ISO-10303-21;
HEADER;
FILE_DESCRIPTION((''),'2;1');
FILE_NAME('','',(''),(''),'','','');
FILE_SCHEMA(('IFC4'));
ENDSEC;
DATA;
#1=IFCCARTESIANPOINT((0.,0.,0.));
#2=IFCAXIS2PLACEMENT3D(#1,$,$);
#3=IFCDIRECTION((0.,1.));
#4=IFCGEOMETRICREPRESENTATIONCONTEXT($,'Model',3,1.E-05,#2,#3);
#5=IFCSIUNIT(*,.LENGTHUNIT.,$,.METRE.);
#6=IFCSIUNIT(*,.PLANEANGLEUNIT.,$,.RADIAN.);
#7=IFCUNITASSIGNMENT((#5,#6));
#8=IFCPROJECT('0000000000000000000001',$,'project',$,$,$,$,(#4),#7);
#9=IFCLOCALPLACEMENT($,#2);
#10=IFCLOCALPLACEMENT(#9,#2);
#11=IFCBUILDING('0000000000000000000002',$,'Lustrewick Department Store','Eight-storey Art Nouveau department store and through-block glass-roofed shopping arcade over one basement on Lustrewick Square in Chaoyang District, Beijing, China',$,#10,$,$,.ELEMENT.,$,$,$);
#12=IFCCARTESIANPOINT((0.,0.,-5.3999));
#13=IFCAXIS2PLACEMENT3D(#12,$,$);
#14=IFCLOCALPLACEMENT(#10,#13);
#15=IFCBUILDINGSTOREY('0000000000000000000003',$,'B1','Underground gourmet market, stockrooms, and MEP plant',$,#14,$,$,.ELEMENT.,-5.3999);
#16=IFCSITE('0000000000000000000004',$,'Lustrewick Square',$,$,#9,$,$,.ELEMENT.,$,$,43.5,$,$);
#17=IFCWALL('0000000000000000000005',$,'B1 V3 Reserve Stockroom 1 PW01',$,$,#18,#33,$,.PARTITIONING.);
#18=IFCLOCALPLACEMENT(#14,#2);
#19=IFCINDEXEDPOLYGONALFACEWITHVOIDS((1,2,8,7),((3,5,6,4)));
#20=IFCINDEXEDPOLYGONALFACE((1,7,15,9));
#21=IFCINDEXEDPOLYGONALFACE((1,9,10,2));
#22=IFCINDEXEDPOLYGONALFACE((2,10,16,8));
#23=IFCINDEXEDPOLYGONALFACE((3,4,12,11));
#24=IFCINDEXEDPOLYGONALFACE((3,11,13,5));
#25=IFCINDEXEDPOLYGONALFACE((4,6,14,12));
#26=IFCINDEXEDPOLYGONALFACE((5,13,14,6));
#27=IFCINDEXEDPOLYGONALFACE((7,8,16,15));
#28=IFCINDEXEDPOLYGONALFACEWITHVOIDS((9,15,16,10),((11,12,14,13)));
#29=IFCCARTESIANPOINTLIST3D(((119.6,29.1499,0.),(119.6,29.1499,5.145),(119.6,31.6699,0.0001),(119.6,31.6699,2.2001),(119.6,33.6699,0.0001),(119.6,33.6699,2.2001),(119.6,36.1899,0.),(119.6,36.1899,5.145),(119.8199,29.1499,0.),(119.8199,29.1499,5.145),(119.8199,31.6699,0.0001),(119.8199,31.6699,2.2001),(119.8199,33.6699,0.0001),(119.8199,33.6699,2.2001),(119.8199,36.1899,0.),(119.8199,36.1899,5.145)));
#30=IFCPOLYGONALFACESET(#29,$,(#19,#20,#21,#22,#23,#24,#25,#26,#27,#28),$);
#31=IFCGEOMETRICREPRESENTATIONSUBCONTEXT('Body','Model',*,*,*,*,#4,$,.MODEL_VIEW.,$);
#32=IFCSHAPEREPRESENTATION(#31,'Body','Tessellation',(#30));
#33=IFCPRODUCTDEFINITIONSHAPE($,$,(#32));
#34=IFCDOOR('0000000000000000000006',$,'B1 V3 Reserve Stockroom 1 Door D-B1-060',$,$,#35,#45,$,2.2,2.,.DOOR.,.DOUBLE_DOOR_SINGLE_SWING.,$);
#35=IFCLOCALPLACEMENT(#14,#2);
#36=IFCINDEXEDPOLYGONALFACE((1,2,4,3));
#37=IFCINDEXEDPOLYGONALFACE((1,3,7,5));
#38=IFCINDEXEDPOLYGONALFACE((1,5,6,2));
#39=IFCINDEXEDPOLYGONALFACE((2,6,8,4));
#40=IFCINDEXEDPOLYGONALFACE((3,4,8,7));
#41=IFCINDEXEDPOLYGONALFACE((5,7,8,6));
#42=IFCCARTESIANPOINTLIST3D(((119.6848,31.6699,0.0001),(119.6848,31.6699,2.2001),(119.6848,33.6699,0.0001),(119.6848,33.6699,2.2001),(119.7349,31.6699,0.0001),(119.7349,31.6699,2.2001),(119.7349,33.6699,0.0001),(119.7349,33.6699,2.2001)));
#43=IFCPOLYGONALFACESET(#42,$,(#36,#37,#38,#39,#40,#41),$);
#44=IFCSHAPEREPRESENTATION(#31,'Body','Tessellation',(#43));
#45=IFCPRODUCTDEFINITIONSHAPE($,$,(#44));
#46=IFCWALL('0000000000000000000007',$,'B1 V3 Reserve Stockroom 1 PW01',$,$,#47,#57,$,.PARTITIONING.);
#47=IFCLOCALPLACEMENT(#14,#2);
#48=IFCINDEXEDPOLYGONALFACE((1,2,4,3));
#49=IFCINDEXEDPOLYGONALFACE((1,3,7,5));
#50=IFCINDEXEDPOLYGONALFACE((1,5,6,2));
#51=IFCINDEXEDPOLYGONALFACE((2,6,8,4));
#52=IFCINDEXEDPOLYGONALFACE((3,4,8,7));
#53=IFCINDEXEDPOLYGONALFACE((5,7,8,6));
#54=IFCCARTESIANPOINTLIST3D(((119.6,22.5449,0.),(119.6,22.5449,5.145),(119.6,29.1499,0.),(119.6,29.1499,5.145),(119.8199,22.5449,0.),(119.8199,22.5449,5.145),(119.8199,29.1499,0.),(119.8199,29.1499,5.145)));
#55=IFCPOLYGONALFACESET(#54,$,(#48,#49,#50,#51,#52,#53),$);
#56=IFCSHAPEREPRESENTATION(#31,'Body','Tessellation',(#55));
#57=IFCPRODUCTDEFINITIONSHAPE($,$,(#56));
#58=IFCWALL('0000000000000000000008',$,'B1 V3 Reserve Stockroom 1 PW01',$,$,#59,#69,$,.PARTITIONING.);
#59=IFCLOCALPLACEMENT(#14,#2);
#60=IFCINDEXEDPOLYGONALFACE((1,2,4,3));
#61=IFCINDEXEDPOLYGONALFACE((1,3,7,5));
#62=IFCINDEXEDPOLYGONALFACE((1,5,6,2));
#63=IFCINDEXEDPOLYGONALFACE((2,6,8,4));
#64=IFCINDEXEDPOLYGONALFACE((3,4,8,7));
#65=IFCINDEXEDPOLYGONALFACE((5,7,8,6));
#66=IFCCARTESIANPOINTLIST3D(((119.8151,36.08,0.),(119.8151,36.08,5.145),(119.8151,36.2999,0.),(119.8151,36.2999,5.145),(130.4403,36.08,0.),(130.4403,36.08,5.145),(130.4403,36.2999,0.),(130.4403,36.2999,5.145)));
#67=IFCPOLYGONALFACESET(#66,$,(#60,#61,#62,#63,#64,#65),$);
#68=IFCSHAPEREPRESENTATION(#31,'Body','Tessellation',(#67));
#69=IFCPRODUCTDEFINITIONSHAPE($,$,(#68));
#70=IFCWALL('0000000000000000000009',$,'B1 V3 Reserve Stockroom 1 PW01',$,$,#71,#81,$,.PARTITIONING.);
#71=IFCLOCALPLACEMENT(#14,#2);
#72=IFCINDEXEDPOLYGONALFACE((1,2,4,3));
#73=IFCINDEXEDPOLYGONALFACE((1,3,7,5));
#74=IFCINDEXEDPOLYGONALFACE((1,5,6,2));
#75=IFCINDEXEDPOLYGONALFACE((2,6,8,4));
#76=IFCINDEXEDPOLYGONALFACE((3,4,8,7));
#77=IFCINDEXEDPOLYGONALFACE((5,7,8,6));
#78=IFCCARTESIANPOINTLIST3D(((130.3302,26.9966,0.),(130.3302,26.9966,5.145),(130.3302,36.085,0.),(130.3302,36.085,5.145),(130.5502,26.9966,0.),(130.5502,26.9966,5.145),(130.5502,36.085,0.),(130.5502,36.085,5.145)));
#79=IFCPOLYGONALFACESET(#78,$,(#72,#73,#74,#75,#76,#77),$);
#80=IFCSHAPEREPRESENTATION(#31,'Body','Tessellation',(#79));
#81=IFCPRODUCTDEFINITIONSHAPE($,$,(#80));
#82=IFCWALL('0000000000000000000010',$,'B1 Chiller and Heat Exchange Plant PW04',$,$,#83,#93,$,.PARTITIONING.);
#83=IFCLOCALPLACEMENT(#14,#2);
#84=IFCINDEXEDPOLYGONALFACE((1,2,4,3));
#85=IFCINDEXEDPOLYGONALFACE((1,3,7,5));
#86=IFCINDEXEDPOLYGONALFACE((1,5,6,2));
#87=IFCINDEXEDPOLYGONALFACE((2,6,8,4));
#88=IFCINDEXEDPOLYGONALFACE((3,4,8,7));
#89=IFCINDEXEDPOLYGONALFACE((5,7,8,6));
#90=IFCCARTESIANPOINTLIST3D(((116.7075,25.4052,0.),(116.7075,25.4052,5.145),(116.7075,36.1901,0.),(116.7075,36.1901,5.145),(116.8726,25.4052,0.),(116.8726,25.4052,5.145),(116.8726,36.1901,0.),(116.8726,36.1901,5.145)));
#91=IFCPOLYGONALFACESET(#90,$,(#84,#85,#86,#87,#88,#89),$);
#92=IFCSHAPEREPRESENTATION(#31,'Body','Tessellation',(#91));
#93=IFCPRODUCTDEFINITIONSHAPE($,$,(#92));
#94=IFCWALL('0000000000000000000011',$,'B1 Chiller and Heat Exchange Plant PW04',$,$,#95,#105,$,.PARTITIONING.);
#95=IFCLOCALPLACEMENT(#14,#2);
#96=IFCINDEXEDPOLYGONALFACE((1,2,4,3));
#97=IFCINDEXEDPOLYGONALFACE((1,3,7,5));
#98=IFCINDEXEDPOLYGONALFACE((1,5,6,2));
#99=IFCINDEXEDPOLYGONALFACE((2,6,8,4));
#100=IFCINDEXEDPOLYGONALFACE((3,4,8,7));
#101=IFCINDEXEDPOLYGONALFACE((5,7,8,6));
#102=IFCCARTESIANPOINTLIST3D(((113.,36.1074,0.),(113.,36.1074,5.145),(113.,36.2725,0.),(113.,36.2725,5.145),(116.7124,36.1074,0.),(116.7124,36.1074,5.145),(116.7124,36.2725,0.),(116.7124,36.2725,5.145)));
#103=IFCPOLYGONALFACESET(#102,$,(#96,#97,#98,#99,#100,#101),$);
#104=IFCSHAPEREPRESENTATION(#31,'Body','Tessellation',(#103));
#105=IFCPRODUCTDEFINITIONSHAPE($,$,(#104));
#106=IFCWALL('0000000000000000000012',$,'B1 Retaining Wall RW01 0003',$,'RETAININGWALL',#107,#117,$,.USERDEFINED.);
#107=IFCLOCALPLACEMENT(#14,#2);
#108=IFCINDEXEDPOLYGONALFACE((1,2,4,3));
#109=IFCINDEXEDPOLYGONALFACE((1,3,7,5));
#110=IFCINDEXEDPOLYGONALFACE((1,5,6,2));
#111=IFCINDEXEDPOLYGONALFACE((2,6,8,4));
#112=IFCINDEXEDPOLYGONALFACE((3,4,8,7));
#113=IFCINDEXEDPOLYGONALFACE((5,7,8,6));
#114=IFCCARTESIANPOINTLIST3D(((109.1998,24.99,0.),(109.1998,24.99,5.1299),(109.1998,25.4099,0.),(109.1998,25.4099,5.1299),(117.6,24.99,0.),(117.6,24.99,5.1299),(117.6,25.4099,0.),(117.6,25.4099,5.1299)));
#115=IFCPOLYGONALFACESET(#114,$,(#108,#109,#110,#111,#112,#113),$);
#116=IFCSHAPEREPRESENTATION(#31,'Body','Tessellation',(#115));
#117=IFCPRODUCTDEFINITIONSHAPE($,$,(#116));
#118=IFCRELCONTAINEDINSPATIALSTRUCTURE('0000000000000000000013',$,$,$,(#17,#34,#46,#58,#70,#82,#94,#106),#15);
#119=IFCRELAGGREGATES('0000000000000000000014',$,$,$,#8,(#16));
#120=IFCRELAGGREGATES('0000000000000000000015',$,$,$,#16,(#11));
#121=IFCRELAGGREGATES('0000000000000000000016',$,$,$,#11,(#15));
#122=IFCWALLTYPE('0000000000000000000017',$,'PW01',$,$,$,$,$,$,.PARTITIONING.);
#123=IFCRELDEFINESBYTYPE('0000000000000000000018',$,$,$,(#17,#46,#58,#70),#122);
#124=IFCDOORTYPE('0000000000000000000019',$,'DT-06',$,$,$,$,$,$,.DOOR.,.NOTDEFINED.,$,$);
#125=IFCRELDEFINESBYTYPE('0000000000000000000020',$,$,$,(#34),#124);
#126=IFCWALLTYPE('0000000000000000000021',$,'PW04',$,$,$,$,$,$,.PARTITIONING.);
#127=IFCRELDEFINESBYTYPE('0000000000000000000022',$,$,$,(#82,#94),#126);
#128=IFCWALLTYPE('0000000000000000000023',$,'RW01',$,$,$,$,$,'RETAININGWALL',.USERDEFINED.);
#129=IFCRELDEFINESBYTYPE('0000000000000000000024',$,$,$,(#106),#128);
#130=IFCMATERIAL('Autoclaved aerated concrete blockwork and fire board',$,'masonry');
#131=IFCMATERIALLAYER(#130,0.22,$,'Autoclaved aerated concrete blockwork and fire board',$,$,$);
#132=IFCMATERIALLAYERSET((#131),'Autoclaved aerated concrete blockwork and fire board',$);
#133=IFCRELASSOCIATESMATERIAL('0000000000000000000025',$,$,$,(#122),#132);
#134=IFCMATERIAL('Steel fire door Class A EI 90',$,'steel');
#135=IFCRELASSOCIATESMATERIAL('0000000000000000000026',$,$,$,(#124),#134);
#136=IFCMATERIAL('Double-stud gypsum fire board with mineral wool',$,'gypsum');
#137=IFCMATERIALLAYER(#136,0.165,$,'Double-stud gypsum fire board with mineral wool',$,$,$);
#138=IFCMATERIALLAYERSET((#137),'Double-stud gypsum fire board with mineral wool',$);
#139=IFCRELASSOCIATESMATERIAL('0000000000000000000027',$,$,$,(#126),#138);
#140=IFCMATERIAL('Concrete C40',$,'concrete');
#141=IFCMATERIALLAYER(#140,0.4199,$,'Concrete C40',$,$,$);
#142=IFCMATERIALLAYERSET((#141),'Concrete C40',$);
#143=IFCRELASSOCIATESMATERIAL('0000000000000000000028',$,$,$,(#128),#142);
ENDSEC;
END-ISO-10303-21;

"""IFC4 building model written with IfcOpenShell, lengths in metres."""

from ifc_helpers import new_model, si_unit, direction, frame, frame_2d, origin, place, context, subcontext, project, spatial, rectangle, extrude, material, layer, layer_set, type_object, element, fill, save


model = new_model("IFC4")

# Units and contexts
model_context = context("Model", 3, precision=1e-05, world=origin(), true_north=direction((0.0, 1.0)))
body_context = subcontext(model_context, "Body", "Model", "MODEL_VIEW")
ifc_project = project(units=[si_unit("LENGTHUNIT", "METRE"), si_unit("PLANEANGLEUNIT", "RADIAN")], contexts=[model_context])

# Site, building, storey
site_placement = place(None, origin())
site = spatial("IfcSite", under=ifc_project, at=site_placement, Name="Lustrewick Square", CompositionType="ELEMENT", RefElevation=43.5)
building_placement = place(site_placement, origin())
building = spatial("IfcBuilding", under=site, at=building_placement, Name="Lustrewick Department Store", Description="Eight-storey Art Nouveau department store and through-block glass-roofed shopping arcade over one basement on Lustrewick Square in Chaoyang District, Beijing, China", CompositionType="ELEMENT")
storey_placement = place(building_placement, frame((0.0, 0.0, -5.3999)))
storey = spatial("IfcBuildingStorey", under=building, at=storey_placement, Name="B1", Description="Underground gourmet market, stockrooms, and MEP plant", CompositionType="ELEMENT", Elevation=-5.3999)

# Shared definitions
ifc_material_1 = material(Name="Concrete C40", Category="concrete")

# Wall, opening, door
ifc_material_2 = material(Name="Autoclaved aerated concrete blockwork and fire board", Category="masonry")
ifc_layer_1 = layer(ifc_material_2, 0.22, Name="Autoclaved aerated concrete blockwork and fire board")
ifc_layer_set_1 = layer_set([ifc_layer_1], Name="Autoclaved aerated concrete blockwork and fire board")
wall_type_1 = type_object("IfcWallType", Name="PW01", PredefinedType="PARTITIONING", material=ifc_layer_set_1)
wall_1_placement = place(storey_placement, frame((119.71, 36.1899, 0.0), z_axis=(0.0, 0.0, 1.0), x_axis=(0.0, -1.0, 0.0)))
wall_1 = element("IfcWall", 1, at=wall_1_placement, inside=storey, type_object=wall_type_1, Name="B1 V3 Reserve Stockroom 1 PW01", PredefinedType="PARTITIONING", context=body_context, shape_type="SweptSolid", body=[
    extrude(rectangle(XDim=7.04, YDim=0.22, at=frame_2d((3.52, 0.0))), origin(), (0.0, 0.0, 1.0), 5.145),
])
opening_placement = place(wall_1_placement, frame((2.52, 0.0, 0.0)))
opening = element("IfcOpeningElement", 2, at=opening_placement, cuts=wall_1, PredefinedType="OPENING", context=body_context, shape_type="SweptSolid", body=[
    extrude(rectangle(XDim=2.0, YDim=2.2, at=frame_2d((1.0, 1.1001))), frame((0.0, 0.1201, 0.0), z_axis=(0.0, -1.0, 0.0), x_axis=(1.0, 0.0, 0.0)), (0.0, 0.0, 1.0), 0.24),
])
ifc_material_3 = material(Name="Steel fire door Class A EI 90", Category="steel")
door_type = type_object("IfcDoorType", Name="DT-06", OperationType="NOTDEFINED", PredefinedType="DOOR", material=ifc_material_3)
door_placement = place(opening_placement, origin())
door = element("IfcDoor", 3, at=door_placement, inside=storey, type_object=door_type, Name="B1 V3 Reserve Stockroom 1 Door D-B1-060", OperationType="DOUBLE_DOOR_SINGLE_SWING", OverallHeight=2.2, OverallWidth=2.0, PredefinedType="DOOR", context=body_context, shape_type="SweptSolid", body=[
    extrude(rectangle(XDim=2.0, YDim=2.2, at=frame_2d((1.0, 1.1001))), frame((0.0, 0.0249, 0.0), z_axis=(0.0, -1.0, 0.0), x_axis=(1.0, 0.0, 0.0)), (0.0, 0.0, 1.0), 0.05),
])
fill(opening, door)

# Walls
wall_2_placement = place(storey_placement, frame((119.71, 29.1499, 0.0), z_axis=(0.0, 0.0, 1.0), x_axis=(0.0, -1.0, 0.0)))
element("IfcWall", 4, at=wall_2_placement, inside=storey, type_object=wall_type_1, Name="B1 V3 Reserve Stockroom 1 PW01", PredefinedType="PARTITIONING", context=body_context, shape_type="SweptSolid", body=[
    extrude(rectangle(XDim=6.605, YDim=0.22, at=frame_2d((3.3025, 0.0))), origin(), (0.0, 0.0, 1.0), 5.145),
])
wall_3_placement = place(storey_placement, frame((130.4402, 36.1899, 0.0), z_axis=(0.0, 0.0, 1.0), x_axis=(-1.0, 0.0, 0.0)))
element("IfcWall", 5, at=wall_3_placement, inside=storey, type_object=wall_type_1, Name="B1 V3 Reserve Stockroom 1 PW01", PredefinedType="PARTITIONING", context=body_context, shape_type="SweptSolid", body=[
    extrude(rectangle(XDim=10.6252, YDim=0.22, at=frame_2d((5.3125, 0.0))), origin(), (0.0, 0.0, 1.0), 5.145),
])
wall_4_placement = place(storey_placement, frame((130.4402, 26.9966, 0.0), z_axis=(0.0, 0.0, 1.0), x_axis=(0.0, 1.0, 0.0)))
element("IfcWall", 6, at=wall_4_placement, inside=storey, type_object=wall_type_1, Name="B1 V3 Reserve Stockroom 1 PW01", PredefinedType="PARTITIONING", context=body_context, shape_type="SweptSolid", body=[
    extrude(rectangle(XDim=9.0884, YDim=0.22, at=frame_2d((4.5442, 0.0))), origin(), (0.0, 0.0, 1.0), 5.145),
])
ifc_material_4 = material(Name="Double-stud gypsum fire board with mineral wool", Category="gypsum")
ifc_layer_2 = layer(ifc_material_4, 0.165, Name="Double-stud gypsum fire board with mineral wool")
ifc_layer_set_2 = layer_set([ifc_layer_2], Name="Double-stud gypsum fire board with mineral wool")
wall_type_2 = type_object("IfcWallType", Name="PW04", PredefinedType="PARTITIONING", material=ifc_layer_set_2)
wall_5_placement = place(storey_placement, frame((116.79, 25.405, 0.0), z_axis=(0.0, 0.0, 1.0), x_axis=(0.0, 1.0, 0.0)))
element("IfcWall", 7, at=wall_5_placement, inside=storey, type_object=wall_type_2, Name="B1 Chiller and Heat Exchange Plant PW04", PredefinedType="PARTITIONING", context=body_context, shape_type="SweptSolid", body=[
    extrude(rectangle(XDim=10.7849, YDim=0.165, at=frame_2d((5.3926, 0.0))), origin(), (0.0, 0.0, 1.0), 5.145),
])
wall_6_placement = place(storey_placement, frame((116.7124, 36.1899, 0.0), z_axis=(0.0, 0.0, 1.0), x_axis=(-1.0, 0.0, 0.0)))
element("IfcWall", 8, at=wall_6_placement, inside=storey, type_object=wall_type_2, Name="B1 Chiller and Heat Exchange Plant PW04", PredefinedType="PARTITIONING", context=body_context, shape_type="SweptSolid", body=[
    extrude(rectangle(XDim=3.7124, YDim=0.165, at=frame_2d((1.8562, 0.0))), origin(), (0.0, 0.0, 1.0), 5.145),
])
ifc_layer_3 = layer(ifc_material_1, 0.4199, Name="Concrete C40")
ifc_layer_set_3 = layer_set([ifc_layer_3], Name="Concrete C40")
wall_type_3 = type_object("IfcWallType", Name="RW01", ElementType="RETAININGWALL", PredefinedType="USERDEFINED", material=ifc_layer_set_3)
wall_7_placement = place(storey_placement, frame((117.6001, 25.2, 0.0), z_axis=(0.0, 0.0, 1.0), x_axis=(-1.0, 0.0, 0.0)))
element("IfcWall", 9, at=wall_7_placement, inside=storey, type_object=wall_type_3, Name="B1 Retaining Wall RW01 0003", ObjectType="RETAININGWALL", PredefinedType="USERDEFINED", context=body_context, shape_type="SweptSolid", body=[
    extrude(rectangle(XDim=8.4001, YDim=0.4199, at=frame_2d((4.2002, 0.0))), origin(), (0.0, 0.0, 1.0), 5.1299),
])

save(model, "model.ifc")
